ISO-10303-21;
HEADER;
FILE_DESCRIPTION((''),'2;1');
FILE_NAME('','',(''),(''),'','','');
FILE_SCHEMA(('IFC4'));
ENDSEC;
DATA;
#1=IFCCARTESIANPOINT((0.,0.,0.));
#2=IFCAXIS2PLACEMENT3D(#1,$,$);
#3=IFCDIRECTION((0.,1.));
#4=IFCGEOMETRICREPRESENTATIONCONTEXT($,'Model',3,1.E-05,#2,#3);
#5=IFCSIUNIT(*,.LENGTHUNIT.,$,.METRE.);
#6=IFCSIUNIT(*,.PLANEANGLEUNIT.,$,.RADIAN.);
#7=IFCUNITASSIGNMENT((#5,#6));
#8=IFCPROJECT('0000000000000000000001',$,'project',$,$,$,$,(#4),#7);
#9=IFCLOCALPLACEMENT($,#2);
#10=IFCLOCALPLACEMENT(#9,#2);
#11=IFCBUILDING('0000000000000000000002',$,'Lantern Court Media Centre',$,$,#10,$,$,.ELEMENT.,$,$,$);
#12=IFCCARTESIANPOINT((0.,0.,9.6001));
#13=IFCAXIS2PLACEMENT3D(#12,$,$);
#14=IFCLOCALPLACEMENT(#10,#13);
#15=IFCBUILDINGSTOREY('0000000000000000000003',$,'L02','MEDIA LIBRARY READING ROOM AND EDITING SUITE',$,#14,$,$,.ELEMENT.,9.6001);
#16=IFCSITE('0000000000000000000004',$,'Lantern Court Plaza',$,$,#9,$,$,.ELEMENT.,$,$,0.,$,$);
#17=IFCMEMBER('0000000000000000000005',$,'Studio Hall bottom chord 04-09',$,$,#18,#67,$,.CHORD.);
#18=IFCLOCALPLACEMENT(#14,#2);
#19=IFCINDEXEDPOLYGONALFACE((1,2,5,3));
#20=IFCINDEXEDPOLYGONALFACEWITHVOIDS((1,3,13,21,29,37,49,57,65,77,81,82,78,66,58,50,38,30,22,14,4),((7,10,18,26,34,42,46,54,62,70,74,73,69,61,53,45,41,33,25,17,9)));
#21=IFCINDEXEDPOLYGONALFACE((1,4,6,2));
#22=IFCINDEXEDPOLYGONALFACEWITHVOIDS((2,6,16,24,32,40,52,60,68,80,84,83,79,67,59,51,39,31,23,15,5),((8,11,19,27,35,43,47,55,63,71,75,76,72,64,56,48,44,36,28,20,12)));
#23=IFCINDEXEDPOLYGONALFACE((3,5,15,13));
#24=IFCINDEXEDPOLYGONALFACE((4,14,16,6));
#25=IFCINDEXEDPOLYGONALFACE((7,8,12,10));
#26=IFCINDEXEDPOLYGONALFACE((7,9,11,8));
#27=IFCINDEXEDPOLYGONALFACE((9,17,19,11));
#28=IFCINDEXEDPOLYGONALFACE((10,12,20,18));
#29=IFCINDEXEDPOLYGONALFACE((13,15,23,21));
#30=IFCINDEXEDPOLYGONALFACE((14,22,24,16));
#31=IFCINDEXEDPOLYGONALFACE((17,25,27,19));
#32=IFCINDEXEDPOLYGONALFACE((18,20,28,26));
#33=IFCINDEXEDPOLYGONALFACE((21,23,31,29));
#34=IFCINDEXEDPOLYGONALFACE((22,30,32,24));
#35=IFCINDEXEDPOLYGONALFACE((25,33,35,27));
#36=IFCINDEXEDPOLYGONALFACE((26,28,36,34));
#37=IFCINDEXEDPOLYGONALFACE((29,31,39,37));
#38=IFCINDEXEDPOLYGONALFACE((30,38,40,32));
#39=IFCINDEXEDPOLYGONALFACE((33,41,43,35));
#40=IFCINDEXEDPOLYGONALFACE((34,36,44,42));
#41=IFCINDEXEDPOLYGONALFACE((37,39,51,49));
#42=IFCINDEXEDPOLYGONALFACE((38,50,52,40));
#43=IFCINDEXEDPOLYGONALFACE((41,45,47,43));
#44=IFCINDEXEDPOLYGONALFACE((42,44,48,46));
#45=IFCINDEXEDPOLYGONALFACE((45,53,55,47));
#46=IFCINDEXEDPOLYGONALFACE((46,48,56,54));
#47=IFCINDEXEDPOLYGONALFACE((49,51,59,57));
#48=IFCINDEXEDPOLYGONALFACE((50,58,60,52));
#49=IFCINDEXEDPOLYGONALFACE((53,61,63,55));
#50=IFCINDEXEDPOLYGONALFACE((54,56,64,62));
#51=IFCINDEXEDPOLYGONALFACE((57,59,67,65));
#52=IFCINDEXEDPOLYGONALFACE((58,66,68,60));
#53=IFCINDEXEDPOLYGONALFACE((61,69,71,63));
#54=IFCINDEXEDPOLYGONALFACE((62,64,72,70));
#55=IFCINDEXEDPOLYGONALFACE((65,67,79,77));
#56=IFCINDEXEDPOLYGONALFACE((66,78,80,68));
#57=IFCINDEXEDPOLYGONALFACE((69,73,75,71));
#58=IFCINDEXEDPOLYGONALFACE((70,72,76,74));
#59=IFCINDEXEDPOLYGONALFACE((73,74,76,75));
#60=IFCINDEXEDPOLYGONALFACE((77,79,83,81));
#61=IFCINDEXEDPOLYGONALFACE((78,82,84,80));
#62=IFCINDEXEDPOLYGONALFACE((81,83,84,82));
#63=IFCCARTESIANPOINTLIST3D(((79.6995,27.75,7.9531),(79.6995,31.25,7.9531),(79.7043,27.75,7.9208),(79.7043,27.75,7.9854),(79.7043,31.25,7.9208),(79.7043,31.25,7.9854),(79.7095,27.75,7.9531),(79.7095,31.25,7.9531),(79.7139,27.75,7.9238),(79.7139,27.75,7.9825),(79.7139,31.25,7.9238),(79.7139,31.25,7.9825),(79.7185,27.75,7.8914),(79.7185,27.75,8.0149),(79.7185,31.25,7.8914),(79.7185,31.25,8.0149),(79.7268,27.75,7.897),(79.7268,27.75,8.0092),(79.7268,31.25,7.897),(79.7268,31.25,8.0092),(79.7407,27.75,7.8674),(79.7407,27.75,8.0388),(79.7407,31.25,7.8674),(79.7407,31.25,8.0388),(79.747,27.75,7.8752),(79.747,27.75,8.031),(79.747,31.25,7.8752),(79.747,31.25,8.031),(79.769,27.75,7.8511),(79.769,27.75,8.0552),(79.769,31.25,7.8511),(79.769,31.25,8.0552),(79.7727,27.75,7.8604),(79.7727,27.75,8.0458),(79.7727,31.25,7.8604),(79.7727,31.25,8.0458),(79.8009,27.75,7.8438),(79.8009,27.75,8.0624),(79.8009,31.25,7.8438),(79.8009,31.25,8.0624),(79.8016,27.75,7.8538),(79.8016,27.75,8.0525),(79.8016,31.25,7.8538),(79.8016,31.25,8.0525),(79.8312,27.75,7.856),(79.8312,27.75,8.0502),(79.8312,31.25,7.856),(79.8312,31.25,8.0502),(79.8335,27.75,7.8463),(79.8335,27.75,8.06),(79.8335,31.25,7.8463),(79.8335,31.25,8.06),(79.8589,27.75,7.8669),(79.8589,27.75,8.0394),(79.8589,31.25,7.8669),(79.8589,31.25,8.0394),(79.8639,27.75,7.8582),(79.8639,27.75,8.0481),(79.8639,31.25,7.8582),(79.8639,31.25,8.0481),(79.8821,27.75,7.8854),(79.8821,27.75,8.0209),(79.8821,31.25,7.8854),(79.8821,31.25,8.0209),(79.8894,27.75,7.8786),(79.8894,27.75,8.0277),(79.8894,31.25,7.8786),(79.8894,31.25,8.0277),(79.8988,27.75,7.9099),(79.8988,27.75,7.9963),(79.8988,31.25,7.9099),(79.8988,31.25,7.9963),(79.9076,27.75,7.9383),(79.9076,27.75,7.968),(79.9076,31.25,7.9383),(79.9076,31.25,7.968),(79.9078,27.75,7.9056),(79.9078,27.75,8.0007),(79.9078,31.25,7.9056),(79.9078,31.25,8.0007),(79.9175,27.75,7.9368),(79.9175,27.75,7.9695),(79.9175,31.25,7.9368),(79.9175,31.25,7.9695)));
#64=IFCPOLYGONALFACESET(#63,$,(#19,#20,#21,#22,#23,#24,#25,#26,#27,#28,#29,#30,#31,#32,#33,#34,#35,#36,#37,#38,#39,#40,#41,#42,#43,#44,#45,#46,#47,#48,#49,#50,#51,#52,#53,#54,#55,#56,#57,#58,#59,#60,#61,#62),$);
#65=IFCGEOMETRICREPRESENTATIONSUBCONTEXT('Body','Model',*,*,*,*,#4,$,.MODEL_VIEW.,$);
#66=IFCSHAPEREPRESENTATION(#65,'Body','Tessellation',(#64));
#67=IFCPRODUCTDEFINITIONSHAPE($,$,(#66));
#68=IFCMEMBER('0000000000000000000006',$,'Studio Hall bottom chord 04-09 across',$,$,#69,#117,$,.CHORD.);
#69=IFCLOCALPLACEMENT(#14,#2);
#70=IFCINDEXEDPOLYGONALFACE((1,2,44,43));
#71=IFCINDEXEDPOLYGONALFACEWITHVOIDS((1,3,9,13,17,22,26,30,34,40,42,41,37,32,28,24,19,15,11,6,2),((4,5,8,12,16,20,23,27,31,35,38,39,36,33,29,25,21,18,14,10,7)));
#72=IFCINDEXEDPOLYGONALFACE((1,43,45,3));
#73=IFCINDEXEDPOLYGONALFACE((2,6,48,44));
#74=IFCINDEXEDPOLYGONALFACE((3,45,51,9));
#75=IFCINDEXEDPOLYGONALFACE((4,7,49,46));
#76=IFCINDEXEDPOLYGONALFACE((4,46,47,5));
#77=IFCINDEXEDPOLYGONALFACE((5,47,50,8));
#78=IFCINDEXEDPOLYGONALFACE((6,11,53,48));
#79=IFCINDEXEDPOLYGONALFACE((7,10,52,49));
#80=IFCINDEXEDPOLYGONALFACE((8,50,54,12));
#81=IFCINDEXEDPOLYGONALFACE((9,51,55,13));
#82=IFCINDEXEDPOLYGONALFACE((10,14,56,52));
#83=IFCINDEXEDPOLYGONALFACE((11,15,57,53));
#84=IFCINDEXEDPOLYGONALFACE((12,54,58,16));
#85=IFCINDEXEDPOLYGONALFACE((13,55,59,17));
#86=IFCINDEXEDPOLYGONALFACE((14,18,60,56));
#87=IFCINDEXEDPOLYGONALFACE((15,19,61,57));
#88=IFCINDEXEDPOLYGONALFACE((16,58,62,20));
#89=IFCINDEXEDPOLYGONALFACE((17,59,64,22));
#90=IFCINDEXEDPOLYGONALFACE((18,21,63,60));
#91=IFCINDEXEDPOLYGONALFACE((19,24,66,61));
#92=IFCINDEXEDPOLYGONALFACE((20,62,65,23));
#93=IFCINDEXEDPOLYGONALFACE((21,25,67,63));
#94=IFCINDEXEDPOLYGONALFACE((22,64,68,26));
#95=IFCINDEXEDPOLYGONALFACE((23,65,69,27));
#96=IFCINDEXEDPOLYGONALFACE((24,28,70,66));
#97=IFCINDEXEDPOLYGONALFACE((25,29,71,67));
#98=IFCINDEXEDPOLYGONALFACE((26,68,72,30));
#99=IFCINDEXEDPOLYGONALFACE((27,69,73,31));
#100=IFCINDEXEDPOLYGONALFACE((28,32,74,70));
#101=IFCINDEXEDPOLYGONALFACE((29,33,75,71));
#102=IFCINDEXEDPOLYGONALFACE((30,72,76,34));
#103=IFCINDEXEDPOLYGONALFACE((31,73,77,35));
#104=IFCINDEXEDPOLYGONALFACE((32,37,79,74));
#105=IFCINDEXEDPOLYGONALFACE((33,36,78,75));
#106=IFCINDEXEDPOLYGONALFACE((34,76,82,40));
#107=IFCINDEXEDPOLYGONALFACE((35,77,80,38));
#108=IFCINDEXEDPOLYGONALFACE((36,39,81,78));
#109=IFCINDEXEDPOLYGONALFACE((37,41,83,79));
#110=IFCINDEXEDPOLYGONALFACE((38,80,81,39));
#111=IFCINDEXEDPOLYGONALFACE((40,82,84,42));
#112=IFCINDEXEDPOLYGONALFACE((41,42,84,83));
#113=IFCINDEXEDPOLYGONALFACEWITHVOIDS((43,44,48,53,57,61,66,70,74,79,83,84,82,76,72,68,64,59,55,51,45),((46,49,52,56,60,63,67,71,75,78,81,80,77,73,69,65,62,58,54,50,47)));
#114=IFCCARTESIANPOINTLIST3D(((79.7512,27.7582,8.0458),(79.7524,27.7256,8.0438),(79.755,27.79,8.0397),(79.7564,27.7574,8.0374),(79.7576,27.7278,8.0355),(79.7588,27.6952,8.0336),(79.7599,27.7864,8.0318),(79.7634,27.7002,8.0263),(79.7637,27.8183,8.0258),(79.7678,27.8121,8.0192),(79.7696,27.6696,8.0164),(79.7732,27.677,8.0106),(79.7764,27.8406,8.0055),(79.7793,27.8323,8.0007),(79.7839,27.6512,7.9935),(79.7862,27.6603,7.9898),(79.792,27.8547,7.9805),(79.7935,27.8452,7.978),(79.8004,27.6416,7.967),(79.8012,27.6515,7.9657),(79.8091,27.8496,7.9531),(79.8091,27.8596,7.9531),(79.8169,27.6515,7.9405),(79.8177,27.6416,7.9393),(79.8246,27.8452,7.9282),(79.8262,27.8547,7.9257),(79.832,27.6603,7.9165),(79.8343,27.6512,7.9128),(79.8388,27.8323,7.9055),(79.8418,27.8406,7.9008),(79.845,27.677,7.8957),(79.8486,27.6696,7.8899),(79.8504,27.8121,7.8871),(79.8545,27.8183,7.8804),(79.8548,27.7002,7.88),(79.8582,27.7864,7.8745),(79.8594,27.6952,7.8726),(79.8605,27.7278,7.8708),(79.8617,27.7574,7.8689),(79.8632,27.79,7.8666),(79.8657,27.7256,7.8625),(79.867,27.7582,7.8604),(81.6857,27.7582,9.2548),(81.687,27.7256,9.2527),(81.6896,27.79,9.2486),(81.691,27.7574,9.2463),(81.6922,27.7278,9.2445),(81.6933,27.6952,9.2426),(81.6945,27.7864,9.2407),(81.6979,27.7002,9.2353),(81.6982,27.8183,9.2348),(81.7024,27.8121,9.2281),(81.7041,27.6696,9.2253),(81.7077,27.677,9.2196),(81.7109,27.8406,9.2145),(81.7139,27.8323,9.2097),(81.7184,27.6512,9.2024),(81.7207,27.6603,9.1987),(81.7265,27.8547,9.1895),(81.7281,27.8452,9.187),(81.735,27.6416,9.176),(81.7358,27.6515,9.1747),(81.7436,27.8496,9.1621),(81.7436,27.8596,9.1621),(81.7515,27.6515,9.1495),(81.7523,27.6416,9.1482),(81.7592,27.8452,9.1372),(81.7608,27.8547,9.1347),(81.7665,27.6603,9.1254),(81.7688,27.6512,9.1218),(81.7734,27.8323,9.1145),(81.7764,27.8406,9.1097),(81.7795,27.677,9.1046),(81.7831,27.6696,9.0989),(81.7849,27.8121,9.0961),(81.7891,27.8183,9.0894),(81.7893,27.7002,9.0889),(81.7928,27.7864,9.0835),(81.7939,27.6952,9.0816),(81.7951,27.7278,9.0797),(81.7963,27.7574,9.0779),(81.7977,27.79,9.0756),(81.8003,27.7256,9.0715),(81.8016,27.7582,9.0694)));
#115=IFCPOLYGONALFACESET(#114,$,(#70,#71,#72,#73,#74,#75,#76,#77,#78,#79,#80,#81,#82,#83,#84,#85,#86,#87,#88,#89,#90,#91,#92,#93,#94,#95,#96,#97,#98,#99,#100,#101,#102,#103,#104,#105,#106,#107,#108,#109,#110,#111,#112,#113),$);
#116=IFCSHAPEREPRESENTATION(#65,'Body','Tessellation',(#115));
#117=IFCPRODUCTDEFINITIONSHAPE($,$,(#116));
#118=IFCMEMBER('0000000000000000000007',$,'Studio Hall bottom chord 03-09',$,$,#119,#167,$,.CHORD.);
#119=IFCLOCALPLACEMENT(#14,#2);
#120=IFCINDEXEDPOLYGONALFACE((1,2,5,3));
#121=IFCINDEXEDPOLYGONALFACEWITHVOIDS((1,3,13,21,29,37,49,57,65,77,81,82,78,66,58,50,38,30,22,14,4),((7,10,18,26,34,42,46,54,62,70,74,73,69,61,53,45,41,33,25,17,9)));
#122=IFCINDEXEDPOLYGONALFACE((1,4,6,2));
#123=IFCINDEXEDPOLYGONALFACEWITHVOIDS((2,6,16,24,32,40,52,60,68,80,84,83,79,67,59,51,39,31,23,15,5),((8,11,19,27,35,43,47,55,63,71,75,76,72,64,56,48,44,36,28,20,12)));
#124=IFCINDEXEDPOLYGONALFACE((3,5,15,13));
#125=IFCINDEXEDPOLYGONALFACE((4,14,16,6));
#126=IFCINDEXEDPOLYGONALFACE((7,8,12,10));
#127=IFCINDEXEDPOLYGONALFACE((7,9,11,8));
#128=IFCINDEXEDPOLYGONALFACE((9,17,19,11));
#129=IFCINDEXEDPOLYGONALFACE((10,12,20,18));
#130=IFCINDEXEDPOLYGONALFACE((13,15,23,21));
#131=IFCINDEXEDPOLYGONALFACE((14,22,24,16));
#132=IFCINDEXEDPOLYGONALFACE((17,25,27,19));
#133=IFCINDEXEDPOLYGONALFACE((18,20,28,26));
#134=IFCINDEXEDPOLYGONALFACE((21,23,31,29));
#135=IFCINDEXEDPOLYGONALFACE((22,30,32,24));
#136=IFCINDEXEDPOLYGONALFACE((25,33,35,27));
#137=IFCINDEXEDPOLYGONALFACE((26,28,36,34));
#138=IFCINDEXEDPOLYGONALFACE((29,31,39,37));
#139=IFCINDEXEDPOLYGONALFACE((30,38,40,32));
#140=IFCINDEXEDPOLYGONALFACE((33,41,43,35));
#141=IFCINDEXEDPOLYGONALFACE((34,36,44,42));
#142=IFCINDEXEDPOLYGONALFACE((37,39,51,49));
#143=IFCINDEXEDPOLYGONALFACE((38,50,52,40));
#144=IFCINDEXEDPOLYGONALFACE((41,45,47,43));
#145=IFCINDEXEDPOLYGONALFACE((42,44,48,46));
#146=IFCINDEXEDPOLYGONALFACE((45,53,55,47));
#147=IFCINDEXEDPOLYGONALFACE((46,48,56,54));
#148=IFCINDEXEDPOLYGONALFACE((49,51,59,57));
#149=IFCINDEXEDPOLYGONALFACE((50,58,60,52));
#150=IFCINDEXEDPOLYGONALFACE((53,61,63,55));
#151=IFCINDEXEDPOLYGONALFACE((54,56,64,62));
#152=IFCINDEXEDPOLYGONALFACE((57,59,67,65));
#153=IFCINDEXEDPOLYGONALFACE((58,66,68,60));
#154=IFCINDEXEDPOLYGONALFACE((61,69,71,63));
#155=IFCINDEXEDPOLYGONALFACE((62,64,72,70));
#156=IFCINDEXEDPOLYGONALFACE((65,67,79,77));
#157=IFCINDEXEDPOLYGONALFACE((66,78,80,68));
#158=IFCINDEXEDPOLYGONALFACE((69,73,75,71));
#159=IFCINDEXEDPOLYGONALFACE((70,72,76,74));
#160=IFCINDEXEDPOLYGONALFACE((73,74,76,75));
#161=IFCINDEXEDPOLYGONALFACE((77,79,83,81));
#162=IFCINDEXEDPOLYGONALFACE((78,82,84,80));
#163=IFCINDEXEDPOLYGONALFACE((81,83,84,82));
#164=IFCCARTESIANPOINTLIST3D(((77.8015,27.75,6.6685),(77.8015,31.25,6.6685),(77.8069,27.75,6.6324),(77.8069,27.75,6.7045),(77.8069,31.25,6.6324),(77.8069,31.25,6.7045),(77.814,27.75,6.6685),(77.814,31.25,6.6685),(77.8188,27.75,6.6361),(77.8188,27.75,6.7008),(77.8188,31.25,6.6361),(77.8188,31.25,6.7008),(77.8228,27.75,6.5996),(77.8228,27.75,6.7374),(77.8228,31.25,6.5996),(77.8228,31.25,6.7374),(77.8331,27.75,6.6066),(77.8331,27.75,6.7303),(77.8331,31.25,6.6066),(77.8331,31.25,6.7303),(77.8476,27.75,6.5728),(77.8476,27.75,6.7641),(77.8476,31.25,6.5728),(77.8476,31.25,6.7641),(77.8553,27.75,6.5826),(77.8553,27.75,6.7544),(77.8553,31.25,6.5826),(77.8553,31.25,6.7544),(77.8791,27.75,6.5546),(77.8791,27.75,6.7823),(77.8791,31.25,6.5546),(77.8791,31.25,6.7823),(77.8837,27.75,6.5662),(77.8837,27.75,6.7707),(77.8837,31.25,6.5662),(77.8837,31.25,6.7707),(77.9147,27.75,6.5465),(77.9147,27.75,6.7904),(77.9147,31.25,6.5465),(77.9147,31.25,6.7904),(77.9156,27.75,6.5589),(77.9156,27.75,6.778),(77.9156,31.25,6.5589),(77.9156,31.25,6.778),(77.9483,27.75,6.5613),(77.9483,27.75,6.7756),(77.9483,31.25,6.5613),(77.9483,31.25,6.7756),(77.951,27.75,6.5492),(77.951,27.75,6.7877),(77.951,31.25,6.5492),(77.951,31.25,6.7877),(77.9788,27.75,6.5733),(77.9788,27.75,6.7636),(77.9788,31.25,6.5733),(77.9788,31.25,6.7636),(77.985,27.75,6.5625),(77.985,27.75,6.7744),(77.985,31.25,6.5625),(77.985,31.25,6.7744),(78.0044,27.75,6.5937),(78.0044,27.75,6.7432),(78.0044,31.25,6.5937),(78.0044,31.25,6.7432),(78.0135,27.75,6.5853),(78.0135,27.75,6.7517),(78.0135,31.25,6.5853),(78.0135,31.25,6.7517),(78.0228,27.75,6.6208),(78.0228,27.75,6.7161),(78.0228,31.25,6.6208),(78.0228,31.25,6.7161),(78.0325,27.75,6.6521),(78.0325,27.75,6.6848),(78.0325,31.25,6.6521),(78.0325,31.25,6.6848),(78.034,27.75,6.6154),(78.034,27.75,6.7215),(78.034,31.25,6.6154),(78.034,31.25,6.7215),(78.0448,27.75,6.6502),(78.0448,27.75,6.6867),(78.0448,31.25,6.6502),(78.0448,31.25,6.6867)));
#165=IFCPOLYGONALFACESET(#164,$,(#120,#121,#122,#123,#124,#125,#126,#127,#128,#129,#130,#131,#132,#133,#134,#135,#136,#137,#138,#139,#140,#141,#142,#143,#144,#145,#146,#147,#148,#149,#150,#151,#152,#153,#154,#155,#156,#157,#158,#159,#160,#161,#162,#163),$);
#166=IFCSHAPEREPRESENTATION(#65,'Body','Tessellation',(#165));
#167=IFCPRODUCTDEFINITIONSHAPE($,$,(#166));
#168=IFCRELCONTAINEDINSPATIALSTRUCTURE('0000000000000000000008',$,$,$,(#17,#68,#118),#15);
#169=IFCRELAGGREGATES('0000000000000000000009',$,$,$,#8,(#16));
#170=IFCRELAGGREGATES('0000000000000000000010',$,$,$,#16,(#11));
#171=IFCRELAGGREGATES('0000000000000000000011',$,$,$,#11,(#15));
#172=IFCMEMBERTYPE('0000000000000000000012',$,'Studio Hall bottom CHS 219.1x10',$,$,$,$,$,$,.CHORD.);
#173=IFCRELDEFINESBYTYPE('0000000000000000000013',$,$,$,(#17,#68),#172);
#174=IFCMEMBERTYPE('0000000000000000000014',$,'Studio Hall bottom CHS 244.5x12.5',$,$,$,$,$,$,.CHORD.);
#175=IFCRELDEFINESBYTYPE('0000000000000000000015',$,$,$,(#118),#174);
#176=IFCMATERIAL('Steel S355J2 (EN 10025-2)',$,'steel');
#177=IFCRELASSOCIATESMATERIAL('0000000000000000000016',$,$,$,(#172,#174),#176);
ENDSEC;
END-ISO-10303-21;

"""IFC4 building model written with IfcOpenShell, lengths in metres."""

from ifc_helpers import new_model, si_unit, direction, frame, origin, origin_2d, place, context, subcontext, project, spatial, hollow_circle, extrude, material, material_profile, profile_set, type_object, element, save


model = new_model("IFC4")

# Units and contexts
model_context = context("Model", 3, precision=1e-05, world=origin(), true_north=direction((0.0, 1.0)))
body_context = subcontext(model_context, "Body", "Model", "MODEL_VIEW")
ifc_project = project(units=[si_unit("LENGTHUNIT", "METRE"), si_unit("PLANEANGLEUNIT", "RADIAN")], contexts=[model_context])

# Site, building, storey
site_placement = place(None, origin())
site = spatial("IfcSite", under=ifc_project, at=site_placement, Name="Lantern Court Plaza", CompositionType="ELEMENT", RefElevation=0.0)
building_placement = place(site_placement, origin())
building = spatial("IfcBuilding", under=site, at=building_placement, Name="Lantern Court Media Centre", CompositionType="ELEMENT")
storey_placement = place(building_placement, frame((0.0, 0.0, 9.6001)))
storey = spatial("IfcBuildingStorey", under=building, at=storey_placement, Name="L02", Description="MEDIA LIBRARY READING ROOM AND EDITING SUITE", CompositionType="ELEMENT", Elevation=9.6001)

# Members
ifc_material = material(Name="Steel S355J2 (EN 10025-2)", Category="steel")
ifc_material_profile_1 = material_profile(ifc_material, hollow_circle(Radius=0.1096, WallThickness=0.01, at=origin_2d()), Name="Studio Hall bottom CHS 219.1x10")
ifc_profile_set_1 = profile_set([ifc_material_profile_1], Name="Steel S355J2 (EN 10025-2)")
member_type_1 = type_object("IfcMemberType", Name="Studio Hall bottom CHS 219.1x10", PredefinedType="CHORD", material=ifc_profile_set_1)
member_1_placement = place(storey_placement, frame((79.8091, 27.75, 7.9531), z_axis=(0.0, 1.0, 0.0), x_axis=(-1.0, 0.0, 0.0)))
element("IfcMember", 1, at=member_1_placement, inside=storey, type_object=member_type_1, Name="Studio Hall bottom chord 04-09", PredefinedType="CHORD", context=body_context, shape_type="SweptSolid", body=[
    extrude(hollow_circle(Radius=0.1096, WallThickness=0.01, at=origin_2d()), origin(), (0.0, 0.0, 1.0), 3.5),
])
member_2_placement = place(storey_placement, frame((79.8091, 27.75, 7.9531), z_axis=(0.848022, 0.0, 0.52996), x_axis=(0.0, 1.0, 0.0)))
element("IfcMember", 2, at=member_2_placement, inside=storey, type_object=member_type_1, Name="Studio Hall bottom chord 04-09 across", PredefinedType="CHORD", context=body_context, shape_type="SweptSolid", body=[
    extrude(hollow_circle(Radius=0.1096, WallThickness=0.01, at=origin_2d()), origin(), (0.0, 0.0, 1.0), 2.2812),
])
ifc_material_profile_2 = material_profile(ifc_material, hollow_circle(Radius=0.1223, WallThickness=0.0125, at=origin_2d()), Name="Studio Hall bottom CHS 244.5x12.5")
ifc_profile_set_2 = profile_set([ifc_material_profile_2], Name="Steel S355J2 (EN 10025-2)")
member_type_2 = type_object("IfcMemberType", Name="Studio Hall bottom CHS 244.5x12.5", PredefinedType="CHORD", material=ifc_profile_set_2)
member_3_placement = place(storey_placement, frame((77.9238, 27.75, 6.6685), z_axis=(0.0, 1.0, 0.0), x_axis=(-1.0, 0.0, 0.0)))
element("IfcMember", 3, at=member_3_placement, inside=storey, type_object=member_type_2, Name="Studio Hall bottom chord 03-09", PredefinedType="CHORD", context=body_context, shape_type="SweptSolid", body=[
    extrude(hollow_circle(Radius=0.1223, WallThickness=0.0125, at=origin_2d()), origin(), (0.0, 0.0, 1.0), 3.5),
])

save(model, "model.ifc")
